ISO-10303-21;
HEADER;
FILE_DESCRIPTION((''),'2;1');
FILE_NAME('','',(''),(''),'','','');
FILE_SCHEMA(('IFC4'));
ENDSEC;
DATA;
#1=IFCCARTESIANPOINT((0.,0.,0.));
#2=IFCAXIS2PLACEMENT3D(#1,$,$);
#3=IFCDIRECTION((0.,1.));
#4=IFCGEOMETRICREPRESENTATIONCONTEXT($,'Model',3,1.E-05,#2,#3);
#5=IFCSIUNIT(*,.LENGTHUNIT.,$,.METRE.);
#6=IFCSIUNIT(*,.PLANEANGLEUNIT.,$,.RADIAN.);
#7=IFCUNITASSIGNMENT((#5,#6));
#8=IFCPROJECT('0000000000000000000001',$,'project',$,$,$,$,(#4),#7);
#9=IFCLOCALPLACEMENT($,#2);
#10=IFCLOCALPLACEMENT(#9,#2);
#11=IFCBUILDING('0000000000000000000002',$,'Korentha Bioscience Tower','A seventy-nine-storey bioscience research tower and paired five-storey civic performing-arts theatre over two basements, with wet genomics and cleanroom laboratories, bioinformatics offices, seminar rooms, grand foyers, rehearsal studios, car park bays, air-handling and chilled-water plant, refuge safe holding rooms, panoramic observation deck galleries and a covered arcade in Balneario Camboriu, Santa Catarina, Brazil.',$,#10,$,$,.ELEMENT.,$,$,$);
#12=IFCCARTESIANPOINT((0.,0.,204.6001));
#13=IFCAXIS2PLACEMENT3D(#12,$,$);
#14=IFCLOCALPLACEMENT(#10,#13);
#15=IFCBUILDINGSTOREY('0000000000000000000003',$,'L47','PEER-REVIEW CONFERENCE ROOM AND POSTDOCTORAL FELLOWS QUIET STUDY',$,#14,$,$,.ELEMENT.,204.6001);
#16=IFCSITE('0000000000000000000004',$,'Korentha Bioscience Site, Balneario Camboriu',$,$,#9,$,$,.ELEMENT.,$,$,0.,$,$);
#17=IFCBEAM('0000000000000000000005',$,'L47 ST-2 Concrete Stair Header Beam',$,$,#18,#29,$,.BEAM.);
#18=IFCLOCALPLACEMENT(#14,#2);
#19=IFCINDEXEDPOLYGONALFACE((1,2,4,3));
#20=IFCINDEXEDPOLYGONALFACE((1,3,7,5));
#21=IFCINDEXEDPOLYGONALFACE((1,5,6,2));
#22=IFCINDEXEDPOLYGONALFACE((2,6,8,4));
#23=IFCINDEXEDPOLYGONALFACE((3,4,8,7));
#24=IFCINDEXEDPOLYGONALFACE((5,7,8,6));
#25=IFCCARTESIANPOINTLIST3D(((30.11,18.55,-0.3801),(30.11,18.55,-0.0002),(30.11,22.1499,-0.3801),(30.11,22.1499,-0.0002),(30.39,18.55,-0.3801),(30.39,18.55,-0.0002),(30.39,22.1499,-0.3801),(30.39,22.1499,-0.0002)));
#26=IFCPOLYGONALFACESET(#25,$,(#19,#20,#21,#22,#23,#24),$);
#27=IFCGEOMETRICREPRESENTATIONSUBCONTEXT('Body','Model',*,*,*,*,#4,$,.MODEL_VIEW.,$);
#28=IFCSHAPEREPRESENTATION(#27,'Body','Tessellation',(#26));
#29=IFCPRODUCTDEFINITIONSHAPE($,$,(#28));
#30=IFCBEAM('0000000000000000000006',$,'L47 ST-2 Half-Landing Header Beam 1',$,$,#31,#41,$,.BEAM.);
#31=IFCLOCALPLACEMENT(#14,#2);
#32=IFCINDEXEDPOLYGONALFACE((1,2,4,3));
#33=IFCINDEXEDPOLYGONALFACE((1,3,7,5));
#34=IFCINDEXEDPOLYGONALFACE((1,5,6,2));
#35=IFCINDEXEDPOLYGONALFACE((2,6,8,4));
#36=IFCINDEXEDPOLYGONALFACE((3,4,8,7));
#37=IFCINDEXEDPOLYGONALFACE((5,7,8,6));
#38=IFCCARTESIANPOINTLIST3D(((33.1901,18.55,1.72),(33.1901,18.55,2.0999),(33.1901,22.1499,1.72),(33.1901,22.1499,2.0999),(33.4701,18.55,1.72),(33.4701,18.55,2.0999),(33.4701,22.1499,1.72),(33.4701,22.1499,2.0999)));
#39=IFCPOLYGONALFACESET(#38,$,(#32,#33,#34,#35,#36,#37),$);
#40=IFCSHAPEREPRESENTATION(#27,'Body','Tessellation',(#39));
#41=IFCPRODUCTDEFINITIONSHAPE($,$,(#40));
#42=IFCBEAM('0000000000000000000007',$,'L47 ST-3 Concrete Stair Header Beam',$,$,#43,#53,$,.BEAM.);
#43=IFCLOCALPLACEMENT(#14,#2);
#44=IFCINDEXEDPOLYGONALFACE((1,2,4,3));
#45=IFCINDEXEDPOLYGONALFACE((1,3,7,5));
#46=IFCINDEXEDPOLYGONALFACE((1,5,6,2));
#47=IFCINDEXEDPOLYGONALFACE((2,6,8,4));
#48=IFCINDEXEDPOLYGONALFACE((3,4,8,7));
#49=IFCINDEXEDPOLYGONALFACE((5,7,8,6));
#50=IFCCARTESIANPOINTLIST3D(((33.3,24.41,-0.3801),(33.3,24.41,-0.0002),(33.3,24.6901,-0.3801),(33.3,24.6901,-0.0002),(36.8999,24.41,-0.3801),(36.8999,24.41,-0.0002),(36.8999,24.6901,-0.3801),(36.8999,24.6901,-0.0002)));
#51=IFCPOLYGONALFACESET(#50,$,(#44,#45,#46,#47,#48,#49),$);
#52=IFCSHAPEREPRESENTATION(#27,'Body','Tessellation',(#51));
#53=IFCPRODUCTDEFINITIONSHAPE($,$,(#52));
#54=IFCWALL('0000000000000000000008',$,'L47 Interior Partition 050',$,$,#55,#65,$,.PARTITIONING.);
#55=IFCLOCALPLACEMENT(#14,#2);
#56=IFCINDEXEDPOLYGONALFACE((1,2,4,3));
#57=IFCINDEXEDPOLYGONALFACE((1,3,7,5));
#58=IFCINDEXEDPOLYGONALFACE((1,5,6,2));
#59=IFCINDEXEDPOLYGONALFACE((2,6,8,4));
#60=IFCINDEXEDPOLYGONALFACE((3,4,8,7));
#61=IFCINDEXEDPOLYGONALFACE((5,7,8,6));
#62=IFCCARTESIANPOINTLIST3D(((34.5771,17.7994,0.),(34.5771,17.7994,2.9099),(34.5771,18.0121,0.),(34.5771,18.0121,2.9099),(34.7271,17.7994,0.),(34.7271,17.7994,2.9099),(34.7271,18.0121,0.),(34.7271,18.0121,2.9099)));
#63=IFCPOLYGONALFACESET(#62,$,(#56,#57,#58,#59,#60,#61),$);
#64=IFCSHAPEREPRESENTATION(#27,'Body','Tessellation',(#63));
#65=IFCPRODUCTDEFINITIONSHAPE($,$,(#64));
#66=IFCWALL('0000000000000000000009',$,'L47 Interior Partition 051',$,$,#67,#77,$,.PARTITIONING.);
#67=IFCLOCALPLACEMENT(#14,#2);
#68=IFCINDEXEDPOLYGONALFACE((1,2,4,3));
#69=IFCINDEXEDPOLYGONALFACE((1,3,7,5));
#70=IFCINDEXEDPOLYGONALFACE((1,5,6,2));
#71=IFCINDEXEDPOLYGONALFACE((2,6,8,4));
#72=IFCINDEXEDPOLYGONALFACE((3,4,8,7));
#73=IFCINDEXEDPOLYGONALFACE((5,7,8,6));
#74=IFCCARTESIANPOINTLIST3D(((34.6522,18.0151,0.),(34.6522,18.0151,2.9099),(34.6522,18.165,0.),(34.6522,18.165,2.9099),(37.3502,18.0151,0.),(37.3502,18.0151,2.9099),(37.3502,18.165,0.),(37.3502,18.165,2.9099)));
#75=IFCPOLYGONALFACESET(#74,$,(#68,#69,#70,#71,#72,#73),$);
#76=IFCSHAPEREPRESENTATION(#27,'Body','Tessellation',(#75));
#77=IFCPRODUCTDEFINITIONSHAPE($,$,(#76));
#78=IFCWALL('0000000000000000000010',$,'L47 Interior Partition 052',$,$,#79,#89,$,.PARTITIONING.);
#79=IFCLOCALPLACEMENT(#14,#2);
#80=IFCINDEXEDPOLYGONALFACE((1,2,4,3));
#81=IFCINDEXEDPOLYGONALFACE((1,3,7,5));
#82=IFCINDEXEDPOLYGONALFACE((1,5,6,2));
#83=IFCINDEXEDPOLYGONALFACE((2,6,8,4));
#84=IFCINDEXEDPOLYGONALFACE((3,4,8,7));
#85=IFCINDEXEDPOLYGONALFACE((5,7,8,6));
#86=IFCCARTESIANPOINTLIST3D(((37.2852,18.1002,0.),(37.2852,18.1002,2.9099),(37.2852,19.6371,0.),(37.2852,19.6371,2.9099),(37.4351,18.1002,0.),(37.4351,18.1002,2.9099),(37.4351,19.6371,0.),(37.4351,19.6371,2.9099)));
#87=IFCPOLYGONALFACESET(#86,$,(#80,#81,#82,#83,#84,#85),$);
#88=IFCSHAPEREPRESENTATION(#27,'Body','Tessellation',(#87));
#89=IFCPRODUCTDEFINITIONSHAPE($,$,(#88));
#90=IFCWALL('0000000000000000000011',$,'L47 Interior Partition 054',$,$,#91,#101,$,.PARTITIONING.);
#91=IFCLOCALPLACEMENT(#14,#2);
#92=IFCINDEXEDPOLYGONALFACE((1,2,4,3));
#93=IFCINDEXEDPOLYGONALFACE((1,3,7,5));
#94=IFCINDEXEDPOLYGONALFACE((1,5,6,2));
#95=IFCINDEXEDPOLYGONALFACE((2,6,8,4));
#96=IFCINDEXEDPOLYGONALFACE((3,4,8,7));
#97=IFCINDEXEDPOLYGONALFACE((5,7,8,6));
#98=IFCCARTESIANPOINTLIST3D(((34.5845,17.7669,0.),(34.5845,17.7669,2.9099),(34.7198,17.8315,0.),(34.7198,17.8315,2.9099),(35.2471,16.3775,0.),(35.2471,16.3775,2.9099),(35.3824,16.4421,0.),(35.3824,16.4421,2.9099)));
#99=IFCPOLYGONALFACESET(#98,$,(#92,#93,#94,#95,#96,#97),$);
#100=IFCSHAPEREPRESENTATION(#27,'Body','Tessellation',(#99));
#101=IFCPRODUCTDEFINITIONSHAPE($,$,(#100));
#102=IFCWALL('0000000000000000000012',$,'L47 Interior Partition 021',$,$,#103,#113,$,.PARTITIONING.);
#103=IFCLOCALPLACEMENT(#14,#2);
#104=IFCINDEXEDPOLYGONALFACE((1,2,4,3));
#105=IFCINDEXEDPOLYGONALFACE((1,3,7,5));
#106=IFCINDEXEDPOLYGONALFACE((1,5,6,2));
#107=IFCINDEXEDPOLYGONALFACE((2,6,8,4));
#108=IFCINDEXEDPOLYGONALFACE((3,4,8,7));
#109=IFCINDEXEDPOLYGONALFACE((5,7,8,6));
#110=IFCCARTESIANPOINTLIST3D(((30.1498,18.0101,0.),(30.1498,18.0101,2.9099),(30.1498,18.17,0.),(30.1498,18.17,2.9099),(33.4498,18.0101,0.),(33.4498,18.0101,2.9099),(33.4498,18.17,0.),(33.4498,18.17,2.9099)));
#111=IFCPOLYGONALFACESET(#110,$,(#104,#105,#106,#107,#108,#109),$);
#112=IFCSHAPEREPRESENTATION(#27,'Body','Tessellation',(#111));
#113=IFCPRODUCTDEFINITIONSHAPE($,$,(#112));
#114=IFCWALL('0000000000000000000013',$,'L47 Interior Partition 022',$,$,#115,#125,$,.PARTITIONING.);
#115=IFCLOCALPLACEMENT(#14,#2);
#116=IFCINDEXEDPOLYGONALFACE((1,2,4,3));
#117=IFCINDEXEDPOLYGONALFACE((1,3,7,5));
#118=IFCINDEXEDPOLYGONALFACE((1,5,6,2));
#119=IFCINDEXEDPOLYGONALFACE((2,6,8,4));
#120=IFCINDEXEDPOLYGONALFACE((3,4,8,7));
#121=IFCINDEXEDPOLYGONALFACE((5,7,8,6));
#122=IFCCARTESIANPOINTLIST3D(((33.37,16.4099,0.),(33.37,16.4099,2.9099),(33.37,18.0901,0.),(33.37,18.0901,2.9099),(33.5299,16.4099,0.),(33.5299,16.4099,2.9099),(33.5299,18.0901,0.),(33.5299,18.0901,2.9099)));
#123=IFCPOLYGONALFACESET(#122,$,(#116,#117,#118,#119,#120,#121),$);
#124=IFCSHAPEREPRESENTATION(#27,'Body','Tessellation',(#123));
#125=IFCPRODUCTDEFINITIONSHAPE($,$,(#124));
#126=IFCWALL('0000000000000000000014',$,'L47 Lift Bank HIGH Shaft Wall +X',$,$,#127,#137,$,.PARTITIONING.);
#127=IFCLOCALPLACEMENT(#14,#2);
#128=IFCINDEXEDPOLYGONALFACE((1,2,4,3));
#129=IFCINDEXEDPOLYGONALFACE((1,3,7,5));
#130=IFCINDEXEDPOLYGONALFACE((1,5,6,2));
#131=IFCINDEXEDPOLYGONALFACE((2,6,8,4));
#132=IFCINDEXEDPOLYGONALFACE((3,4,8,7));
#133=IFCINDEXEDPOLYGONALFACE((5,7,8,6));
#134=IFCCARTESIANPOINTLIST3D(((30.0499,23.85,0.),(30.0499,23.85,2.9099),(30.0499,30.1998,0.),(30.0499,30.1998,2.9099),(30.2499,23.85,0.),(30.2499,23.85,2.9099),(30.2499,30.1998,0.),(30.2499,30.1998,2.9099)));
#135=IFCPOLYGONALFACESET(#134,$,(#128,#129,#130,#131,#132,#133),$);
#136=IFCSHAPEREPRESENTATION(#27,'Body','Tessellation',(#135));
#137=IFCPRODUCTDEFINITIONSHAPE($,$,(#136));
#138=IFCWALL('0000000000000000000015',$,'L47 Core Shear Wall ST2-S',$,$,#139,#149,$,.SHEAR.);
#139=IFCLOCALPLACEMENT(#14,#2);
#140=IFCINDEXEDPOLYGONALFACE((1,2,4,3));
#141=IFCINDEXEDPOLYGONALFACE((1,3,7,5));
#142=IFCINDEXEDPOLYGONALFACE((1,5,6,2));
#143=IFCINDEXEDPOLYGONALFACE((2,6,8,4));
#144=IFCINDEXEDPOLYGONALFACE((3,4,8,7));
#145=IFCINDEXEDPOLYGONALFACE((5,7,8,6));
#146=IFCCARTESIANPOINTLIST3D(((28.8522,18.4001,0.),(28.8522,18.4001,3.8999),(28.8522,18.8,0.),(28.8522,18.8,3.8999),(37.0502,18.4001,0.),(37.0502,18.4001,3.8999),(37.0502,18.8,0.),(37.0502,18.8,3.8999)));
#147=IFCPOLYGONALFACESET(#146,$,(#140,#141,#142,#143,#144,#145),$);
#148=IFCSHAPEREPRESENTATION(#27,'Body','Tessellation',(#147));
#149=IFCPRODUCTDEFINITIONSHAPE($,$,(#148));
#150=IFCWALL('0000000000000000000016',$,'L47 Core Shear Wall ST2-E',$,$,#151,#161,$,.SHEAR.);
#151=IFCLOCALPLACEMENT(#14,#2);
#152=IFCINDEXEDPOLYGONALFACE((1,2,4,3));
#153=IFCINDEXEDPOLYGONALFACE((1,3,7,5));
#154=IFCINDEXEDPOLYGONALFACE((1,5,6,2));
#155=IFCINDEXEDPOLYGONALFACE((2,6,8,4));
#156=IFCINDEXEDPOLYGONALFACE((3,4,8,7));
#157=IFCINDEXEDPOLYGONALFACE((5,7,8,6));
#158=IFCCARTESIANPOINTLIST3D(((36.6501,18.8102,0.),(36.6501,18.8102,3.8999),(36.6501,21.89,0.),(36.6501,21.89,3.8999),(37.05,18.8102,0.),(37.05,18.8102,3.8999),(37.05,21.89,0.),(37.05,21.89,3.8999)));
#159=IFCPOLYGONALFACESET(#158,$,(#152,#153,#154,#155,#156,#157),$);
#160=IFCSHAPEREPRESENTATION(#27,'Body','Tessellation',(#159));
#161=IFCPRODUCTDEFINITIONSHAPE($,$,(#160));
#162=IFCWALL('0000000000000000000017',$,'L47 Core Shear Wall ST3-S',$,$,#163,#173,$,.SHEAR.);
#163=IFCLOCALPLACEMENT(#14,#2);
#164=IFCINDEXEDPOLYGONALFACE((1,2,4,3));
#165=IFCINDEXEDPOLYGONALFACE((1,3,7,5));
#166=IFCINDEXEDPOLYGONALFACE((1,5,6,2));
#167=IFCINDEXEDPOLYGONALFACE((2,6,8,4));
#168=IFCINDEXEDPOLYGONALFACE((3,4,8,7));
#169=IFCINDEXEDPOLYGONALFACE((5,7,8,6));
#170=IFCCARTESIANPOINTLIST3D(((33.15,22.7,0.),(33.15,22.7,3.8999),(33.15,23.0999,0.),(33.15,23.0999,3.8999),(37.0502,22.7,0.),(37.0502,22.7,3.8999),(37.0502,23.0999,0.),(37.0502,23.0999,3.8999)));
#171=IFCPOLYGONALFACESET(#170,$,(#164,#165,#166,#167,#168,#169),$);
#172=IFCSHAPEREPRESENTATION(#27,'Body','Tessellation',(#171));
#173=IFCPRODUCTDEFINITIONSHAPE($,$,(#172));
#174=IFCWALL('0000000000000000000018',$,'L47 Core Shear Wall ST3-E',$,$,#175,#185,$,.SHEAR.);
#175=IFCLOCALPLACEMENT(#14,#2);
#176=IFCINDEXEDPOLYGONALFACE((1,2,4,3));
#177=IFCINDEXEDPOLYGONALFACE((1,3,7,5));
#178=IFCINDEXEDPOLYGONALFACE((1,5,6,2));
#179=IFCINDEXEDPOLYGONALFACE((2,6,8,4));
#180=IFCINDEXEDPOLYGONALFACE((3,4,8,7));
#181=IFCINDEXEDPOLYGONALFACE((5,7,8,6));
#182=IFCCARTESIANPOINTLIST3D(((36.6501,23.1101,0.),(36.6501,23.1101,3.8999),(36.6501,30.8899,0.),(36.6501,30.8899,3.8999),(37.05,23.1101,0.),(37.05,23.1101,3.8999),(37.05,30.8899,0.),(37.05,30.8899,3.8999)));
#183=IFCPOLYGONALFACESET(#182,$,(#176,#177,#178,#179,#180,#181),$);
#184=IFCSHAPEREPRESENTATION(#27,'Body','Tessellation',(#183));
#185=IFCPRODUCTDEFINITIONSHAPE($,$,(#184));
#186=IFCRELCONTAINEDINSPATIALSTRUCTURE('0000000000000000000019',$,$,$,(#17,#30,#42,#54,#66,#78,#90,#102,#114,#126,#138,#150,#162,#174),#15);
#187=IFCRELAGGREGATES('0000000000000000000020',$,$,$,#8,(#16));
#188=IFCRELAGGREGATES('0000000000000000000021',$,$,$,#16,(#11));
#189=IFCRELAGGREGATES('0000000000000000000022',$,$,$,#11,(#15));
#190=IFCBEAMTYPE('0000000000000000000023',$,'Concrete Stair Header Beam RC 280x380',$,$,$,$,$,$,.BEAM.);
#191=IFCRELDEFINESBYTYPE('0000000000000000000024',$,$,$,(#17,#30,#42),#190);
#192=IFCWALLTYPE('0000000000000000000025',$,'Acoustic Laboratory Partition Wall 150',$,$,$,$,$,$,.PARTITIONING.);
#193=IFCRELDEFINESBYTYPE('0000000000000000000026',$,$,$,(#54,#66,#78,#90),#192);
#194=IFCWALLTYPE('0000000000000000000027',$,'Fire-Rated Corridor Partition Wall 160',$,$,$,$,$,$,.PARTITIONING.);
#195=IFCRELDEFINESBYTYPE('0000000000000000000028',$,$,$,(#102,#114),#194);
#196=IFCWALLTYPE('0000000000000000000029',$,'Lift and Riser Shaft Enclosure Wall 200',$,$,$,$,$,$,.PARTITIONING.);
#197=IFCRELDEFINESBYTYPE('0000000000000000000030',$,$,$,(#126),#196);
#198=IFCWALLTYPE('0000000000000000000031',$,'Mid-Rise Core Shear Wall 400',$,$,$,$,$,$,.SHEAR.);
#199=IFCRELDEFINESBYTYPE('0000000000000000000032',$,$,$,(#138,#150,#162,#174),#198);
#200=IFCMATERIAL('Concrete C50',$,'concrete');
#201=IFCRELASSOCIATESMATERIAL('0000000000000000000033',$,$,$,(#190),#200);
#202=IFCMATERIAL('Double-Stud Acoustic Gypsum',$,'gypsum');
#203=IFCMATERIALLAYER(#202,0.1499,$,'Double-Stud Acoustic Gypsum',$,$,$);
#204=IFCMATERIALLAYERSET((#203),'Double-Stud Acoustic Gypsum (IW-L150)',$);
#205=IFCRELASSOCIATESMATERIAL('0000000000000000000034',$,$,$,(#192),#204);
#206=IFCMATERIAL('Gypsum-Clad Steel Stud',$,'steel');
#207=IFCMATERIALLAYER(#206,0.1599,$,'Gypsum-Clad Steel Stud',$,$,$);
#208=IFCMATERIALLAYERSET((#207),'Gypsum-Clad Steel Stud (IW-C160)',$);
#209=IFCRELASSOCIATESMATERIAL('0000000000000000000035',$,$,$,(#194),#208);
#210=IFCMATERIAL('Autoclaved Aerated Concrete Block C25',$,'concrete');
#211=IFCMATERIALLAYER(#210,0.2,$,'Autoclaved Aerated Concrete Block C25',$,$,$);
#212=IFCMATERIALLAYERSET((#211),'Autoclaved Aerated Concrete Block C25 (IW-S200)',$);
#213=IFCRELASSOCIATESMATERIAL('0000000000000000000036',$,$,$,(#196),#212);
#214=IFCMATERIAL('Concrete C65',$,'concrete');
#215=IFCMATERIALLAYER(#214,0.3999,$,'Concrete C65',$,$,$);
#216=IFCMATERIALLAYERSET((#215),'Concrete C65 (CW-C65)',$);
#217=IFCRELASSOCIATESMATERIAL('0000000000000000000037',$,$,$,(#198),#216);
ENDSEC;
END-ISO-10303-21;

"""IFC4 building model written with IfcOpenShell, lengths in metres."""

from ifc_helpers import new_model, si_unit, direction, frame, frame_2d, origin, origin_2d, place, context, subcontext, project, spatial, rectangle, extrude, material, layer, layer_set, material_profile, profile_set, type_object, element, save


model = new_model("IFC4")

# Units and contexts
model_context = context("Model", 3, precision=1e-05, world=origin(), true_north=direction((0.0, 1.0)))
body_context = subcontext(model_context, "Body", "Model", "MODEL_VIEW")
ifc_project = project(units=[si_unit("LENGTHUNIT", "METRE"), si_unit("PLANEANGLEUNIT", "RADIAN")], contexts=[model_context])

# Site, building, storey
site_placement = place(None, origin())
site = spatial("IfcSite", under=ifc_project, at=site_placement, Name="Korentha Bioscience Site, Balneario Camboriu", CompositionType="ELEMENT", RefElevation=0.0)
building_placement = place(site_placement, origin())
building = spatial("IfcBuilding", under=site, at=building_placement, Name="Korentha Bioscience Tower", Description="A seventy-nine-storey bioscience research tower and paired five-storey civic performing-arts theatre over two basements, with wet genomics and cleanroom laboratories, bioinformatics offices, seminar rooms, grand foyers, rehearsal studios, car park bays, air-handling and chilled-water plant, refuge safe holding rooms, panoramic observation deck galleries and a covered arcade in Balneario Camboriu, Santa Catarina, Brazil.", CompositionType="ELEMENT")
storey_placement = place(building_placement, frame((0.0, 0.0, 204.6001)))
storey = spatial("IfcBuildingStorey", under=building, at=storey_placement, Name="L47", Description="PEER-REVIEW CONFERENCE ROOM AND POSTDOCTORAL FELLOWS QUIET STUDY", CompositionType="ELEMENT", Elevation=204.6001)

# Beams
ifc_material_1 = material(Name="Concrete C50", Category="concrete")
ifc_material_profile = material_profile(ifc_material_1, rectangle(XDim=0.28, YDim=0.3799, at=origin_2d()), Name="Concrete C50")
ifc_profile_set = profile_set([ifc_material_profile], Name="Concrete C50 (ST-HB380)")
beam_type = type_object("IfcBeamType", Name="Concrete Stair Header Beam RC 280x380", PredefinedType="BEAM", material=ifc_profile_set)
for number, where, z_axis, x_axis, name in (
    (1, (30.25, 18.55, -0.1902), (0.0, 1.0, 0.0), (-1.0, 0.0, 0.0), "L47 ST-2 Concrete Stair Header Beam"),
    (2, (33.3301, 18.55, 1.9099), (0.0, 1.0, 0.0), (-1.0, 0.0, 0.0), "L47 ST-2 Half-Landing Header Beam 1"),
    (3, (36.8999, 24.55, -0.1902), (-1.0, 0.0, 0.0), (0.0, -1.0, 0.0), "L47 ST-3 Concrete Stair Header Beam"),
):
    element("IfcBeam", number, at=place(storey_placement, frame(where, z_axis=z_axis, x_axis=x_axis)), inside=storey, type_object=beam_type, Name=name, PredefinedType="BEAM", context=body_context, shape_type="SweptSolid", body=[
        extrude(rectangle(XDim=0.28, YDim=0.3799, at=origin_2d()), origin(), (0.0, 0.0, 1.0), 3.5999),
    ])

# Walls
ifc_material_2 = material(Name="Double-Stud Acoustic Gypsum", Category="gypsum")
ifc_layer_1 = layer(ifc_material_2, 0.1499, Name="Double-Stud Acoustic Gypsum")
ifc_layer_set_1 = layer_set([ifc_layer_1], Name="Double-Stud Acoustic Gypsum (IW-L150)")
wall_type_1 = type_object("IfcWallType", Name="Acoustic Laboratory Partition Wall 150", PredefinedType="PARTITIONING", material=ifc_layer_set_1)
wall_1_placement = place(storey_placement, frame((34.6521, 17.7993, 0.0), z_axis=(0.0, 0.0, 1.0), x_axis=(0.0, 1.0, 0.0)))
element("IfcWall", 4, at=wall_1_placement, inside=storey, type_object=wall_type_1, Name="L47 Interior Partition 050", PredefinedType="PARTITIONING", context=body_context, shape_type="SweptSolid", body=[
    extrude(rectangle(XDim=0.2126, YDim=0.1499, at=frame_2d((0.1064, 0.0))), origin(), (0.0, 0.0, 1.0), 2.9099),
])
wall_2_placement = place(storey_placement, frame((34.6521, 18.0901, 0.0), z_axis=(0.0, 0.0, 1.0), x_axis=(1.0, 0.0, 0.0)))
element("IfcWall", 5, at=wall_2_placement, inside=storey, type_object=wall_type_1, Name="L47 Interior Partition 051", PredefinedType="PARTITIONING", context=body_context, shape_type="SweptSolid", body=[
    extrude(rectangle(XDim=2.698, YDim=0.1499, at=frame_2d((1.3491, 0.0))), origin(), (0.0, 0.0, 1.0), 2.9099),
])
wall_3_placement = place(storey_placement, frame((37.3601, 18.1001, 0.0), z_axis=(0.0, 0.0, 1.0), x_axis=(0.0, 1.0, 0.0)))
element("IfcWall", 6, at=wall_3_placement, inside=storey, type_object=wall_type_1, Name="L47 Interior Partition 052", PredefinedType="PARTITIONING", context=body_context, shape_type="SweptSolid", body=[
    extrude(rectangle(XDim=1.5369, YDim=0.1499, at=frame_2d((0.7686, 0.0))), origin(), (0.0, 0.0, 1.0), 2.9099),
])
wall_4_placement = place(storey_placement, frame((35.3147, 16.4099, 0.0), z_axis=(0.0, 0.0, 1.0), x_axis=(-0.430451, 0.902614, 0.0)))
element("IfcWall", 7, at=wall_4_placement, inside=storey, type_object=wall_type_1, Name="L47 Interior Partition 054", PredefinedType="PARTITIONING", context=body_context, shape_type="SweptSolid", body=[
    extrude(rectangle(XDim=1.5393, YDim=0.1499, at=frame_2d((0.7695, 0.0))), origin(), (0.0, 0.0, 1.0), 2.9099),
])
ifc_material_3 = material(Name="Gypsum-Clad Steel Stud", Category="steel")
ifc_layer_2 = layer(ifc_material_3, 0.1599, Name="Gypsum-Clad Steel Stud")
ifc_layer_set_2 = layer_set([ifc_layer_2], Name="Gypsum-Clad Steel Stud (IW-C160)")
wall_type_2 = type_object("IfcWallType", Name="Fire-Rated Corridor Partition Wall 160", PredefinedType="PARTITIONING", material=ifc_layer_set_2)
wall_5_placement = place(storey_placement, frame((30.1499, 18.0901, 0.0), z_axis=(0.0, 0.0, 1.0), x_axis=(1.0, 0.0, 0.0)))
element("IfcWall", 8, at=wall_5_placement, inside=storey, type_object=wall_type_2, Name="L47 Interior Partition 021", PredefinedType="PARTITIONING", context=body_context, shape_type="SweptSolid", body=[
    extrude(rectangle(XDim=3.3, YDim=0.1599, at=frame_2d((1.6499, 0.0))), origin(), (0.0, 0.0, 1.0), 2.9099),
])
wall_6_placement = place(storey_placement, frame((33.45, 18.0901, 0.0), z_axis=(0.0, 0.0, 1.0), x_axis=(0.0, -1.0, 0.0)))
element("IfcWall", 9, at=wall_6_placement, inside=storey, type_object=wall_type_2, Name="L47 Interior Partition 022", PredefinedType="PARTITIONING", context=body_context, shape_type="SweptSolid", body=[
    extrude(rectangle(XDim=1.6802, YDim=0.1599, at=frame_2d((0.8401, 0.0))), origin(), (0.0, 0.0, 1.0), 2.9099),
])
ifc_material_4 = material(Name="Autoclaved Aerated Concrete Block C25", Category="concrete")
ifc_layer_3 = layer(ifc_material_4, 0.2, Name="Autoclaved Aerated Concrete Block C25")
ifc_layer_set_3 = layer_set([ifc_layer_3], Name="Autoclaved Aerated Concrete Block C25 (IW-S200)")
wall_type_3 = type_object("IfcWallType", Name="Lift and Riser Shaft Enclosure Wall 200", PredefinedType="PARTITIONING", material=ifc_layer_set_3)
wall_7_placement = place(storey_placement, frame((30.1499, 23.8501, 0.0), z_axis=(0.0, 0.0, 1.0), x_axis=(0.0, 1.0, 0.0)))
element("IfcWall", 10, at=wall_7_placement, inside=storey, type_object=wall_type_3, Name="L47 Lift Bank HIGH Shaft Wall +X", PredefinedType="PARTITIONING", context=body_context, shape_type="SweptSolid", body=[
    extrude(rectangle(XDim=6.3499, YDim=0.2, at=frame_2d((3.1748, 0.0))), origin(), (0.0, 0.0, 1.0), 2.9099),
])
ifc_material_5 = material(Name="Concrete C65", Category="concrete")
ifc_layer_4 = layer(ifc_material_5, 0.3999, Name="Concrete C65")
ifc_layer_set_4 = layer_set([ifc_layer_4], Name="Concrete C65 (CW-C65)")
wall_type_4 = type_object("IfcWallType", Name="Mid-Rise Core Shear Wall 400", PredefinedType="SHEAR", material=ifc_layer_set_4)
wall_8_placement = place(storey_placement, frame((28.8521, 18.6001, 0.0), z_axis=(0.0, 0.0, 1.0), x_axis=(1.0, 0.0, 0.0)))
element("IfcWall", 11, at=wall_8_placement, inside=storey, type_object=wall_type_4, Name="L47 Core Shear Wall ST2-S", PredefinedType="SHEAR", context=body_context, shape_type="SweptSolid", body=[
    extrude(rectangle(XDim=8.198, YDim=0.3999, at=frame_2d((4.0991, 0.0))), origin(), (0.0, 0.0, 1.0), 3.8999),
])
wall_9_placement = place(storey_placement, frame((36.8501, 18.8101, 0.0), z_axis=(0.0, 0.0, 1.0), x_axis=(0.0, 1.0, 0.0)))
element("IfcWall", 12, at=wall_9_placement, inside=storey, type_object=wall_type_4, Name="L47 Core Shear Wall ST2-E", PredefinedType="SHEAR", context=body_context, shape_type="SweptSolid", body=[
    extrude(rectangle(XDim=3.0798, YDim=0.3999, at=frame_2d((1.54, 0.0))), origin(), (0.0, 0.0, 1.0), 3.8999),
])
wall_10_placement = place(storey_placement, frame((33.1499, 22.8999, 0.0), z_axis=(0.0, 0.0, 1.0), x_axis=(1.0, 0.0, 0.0)))
element("IfcWall", 13, at=wall_10_placement, inside=storey, type_object=wall_type_4, Name="L47 Core Shear Wall ST3-S", PredefinedType="SHEAR", context=body_context, shape_type="SweptSolid", body=[
    extrude(rectangle(XDim=3.9001, YDim=0.3999, at=frame_2d((1.9502, 0.0))), origin(), (0.0, 0.0, 1.0), 3.8999),
])
wall_11_placement = place(storey_placement, frame((36.8501, 23.1101, 0.0), z_axis=(0.0, 0.0, 1.0), x_axis=(0.0, 1.0, 0.0)))
element("IfcWall", 14, at=wall_11_placement, inside=storey, type_object=wall_type_4, Name="L47 Core Shear Wall ST3-E", PredefinedType="SHEAR", context=body_context, shape_type="SweptSolid", body=[
    extrude(rectangle(XDim=7.7798, YDim=0.3999, at=frame_2d((3.8899, 0.0))), origin(), (0.0, 0.0, 1.0), 3.8999),
])

save(model, "model.ifc")
